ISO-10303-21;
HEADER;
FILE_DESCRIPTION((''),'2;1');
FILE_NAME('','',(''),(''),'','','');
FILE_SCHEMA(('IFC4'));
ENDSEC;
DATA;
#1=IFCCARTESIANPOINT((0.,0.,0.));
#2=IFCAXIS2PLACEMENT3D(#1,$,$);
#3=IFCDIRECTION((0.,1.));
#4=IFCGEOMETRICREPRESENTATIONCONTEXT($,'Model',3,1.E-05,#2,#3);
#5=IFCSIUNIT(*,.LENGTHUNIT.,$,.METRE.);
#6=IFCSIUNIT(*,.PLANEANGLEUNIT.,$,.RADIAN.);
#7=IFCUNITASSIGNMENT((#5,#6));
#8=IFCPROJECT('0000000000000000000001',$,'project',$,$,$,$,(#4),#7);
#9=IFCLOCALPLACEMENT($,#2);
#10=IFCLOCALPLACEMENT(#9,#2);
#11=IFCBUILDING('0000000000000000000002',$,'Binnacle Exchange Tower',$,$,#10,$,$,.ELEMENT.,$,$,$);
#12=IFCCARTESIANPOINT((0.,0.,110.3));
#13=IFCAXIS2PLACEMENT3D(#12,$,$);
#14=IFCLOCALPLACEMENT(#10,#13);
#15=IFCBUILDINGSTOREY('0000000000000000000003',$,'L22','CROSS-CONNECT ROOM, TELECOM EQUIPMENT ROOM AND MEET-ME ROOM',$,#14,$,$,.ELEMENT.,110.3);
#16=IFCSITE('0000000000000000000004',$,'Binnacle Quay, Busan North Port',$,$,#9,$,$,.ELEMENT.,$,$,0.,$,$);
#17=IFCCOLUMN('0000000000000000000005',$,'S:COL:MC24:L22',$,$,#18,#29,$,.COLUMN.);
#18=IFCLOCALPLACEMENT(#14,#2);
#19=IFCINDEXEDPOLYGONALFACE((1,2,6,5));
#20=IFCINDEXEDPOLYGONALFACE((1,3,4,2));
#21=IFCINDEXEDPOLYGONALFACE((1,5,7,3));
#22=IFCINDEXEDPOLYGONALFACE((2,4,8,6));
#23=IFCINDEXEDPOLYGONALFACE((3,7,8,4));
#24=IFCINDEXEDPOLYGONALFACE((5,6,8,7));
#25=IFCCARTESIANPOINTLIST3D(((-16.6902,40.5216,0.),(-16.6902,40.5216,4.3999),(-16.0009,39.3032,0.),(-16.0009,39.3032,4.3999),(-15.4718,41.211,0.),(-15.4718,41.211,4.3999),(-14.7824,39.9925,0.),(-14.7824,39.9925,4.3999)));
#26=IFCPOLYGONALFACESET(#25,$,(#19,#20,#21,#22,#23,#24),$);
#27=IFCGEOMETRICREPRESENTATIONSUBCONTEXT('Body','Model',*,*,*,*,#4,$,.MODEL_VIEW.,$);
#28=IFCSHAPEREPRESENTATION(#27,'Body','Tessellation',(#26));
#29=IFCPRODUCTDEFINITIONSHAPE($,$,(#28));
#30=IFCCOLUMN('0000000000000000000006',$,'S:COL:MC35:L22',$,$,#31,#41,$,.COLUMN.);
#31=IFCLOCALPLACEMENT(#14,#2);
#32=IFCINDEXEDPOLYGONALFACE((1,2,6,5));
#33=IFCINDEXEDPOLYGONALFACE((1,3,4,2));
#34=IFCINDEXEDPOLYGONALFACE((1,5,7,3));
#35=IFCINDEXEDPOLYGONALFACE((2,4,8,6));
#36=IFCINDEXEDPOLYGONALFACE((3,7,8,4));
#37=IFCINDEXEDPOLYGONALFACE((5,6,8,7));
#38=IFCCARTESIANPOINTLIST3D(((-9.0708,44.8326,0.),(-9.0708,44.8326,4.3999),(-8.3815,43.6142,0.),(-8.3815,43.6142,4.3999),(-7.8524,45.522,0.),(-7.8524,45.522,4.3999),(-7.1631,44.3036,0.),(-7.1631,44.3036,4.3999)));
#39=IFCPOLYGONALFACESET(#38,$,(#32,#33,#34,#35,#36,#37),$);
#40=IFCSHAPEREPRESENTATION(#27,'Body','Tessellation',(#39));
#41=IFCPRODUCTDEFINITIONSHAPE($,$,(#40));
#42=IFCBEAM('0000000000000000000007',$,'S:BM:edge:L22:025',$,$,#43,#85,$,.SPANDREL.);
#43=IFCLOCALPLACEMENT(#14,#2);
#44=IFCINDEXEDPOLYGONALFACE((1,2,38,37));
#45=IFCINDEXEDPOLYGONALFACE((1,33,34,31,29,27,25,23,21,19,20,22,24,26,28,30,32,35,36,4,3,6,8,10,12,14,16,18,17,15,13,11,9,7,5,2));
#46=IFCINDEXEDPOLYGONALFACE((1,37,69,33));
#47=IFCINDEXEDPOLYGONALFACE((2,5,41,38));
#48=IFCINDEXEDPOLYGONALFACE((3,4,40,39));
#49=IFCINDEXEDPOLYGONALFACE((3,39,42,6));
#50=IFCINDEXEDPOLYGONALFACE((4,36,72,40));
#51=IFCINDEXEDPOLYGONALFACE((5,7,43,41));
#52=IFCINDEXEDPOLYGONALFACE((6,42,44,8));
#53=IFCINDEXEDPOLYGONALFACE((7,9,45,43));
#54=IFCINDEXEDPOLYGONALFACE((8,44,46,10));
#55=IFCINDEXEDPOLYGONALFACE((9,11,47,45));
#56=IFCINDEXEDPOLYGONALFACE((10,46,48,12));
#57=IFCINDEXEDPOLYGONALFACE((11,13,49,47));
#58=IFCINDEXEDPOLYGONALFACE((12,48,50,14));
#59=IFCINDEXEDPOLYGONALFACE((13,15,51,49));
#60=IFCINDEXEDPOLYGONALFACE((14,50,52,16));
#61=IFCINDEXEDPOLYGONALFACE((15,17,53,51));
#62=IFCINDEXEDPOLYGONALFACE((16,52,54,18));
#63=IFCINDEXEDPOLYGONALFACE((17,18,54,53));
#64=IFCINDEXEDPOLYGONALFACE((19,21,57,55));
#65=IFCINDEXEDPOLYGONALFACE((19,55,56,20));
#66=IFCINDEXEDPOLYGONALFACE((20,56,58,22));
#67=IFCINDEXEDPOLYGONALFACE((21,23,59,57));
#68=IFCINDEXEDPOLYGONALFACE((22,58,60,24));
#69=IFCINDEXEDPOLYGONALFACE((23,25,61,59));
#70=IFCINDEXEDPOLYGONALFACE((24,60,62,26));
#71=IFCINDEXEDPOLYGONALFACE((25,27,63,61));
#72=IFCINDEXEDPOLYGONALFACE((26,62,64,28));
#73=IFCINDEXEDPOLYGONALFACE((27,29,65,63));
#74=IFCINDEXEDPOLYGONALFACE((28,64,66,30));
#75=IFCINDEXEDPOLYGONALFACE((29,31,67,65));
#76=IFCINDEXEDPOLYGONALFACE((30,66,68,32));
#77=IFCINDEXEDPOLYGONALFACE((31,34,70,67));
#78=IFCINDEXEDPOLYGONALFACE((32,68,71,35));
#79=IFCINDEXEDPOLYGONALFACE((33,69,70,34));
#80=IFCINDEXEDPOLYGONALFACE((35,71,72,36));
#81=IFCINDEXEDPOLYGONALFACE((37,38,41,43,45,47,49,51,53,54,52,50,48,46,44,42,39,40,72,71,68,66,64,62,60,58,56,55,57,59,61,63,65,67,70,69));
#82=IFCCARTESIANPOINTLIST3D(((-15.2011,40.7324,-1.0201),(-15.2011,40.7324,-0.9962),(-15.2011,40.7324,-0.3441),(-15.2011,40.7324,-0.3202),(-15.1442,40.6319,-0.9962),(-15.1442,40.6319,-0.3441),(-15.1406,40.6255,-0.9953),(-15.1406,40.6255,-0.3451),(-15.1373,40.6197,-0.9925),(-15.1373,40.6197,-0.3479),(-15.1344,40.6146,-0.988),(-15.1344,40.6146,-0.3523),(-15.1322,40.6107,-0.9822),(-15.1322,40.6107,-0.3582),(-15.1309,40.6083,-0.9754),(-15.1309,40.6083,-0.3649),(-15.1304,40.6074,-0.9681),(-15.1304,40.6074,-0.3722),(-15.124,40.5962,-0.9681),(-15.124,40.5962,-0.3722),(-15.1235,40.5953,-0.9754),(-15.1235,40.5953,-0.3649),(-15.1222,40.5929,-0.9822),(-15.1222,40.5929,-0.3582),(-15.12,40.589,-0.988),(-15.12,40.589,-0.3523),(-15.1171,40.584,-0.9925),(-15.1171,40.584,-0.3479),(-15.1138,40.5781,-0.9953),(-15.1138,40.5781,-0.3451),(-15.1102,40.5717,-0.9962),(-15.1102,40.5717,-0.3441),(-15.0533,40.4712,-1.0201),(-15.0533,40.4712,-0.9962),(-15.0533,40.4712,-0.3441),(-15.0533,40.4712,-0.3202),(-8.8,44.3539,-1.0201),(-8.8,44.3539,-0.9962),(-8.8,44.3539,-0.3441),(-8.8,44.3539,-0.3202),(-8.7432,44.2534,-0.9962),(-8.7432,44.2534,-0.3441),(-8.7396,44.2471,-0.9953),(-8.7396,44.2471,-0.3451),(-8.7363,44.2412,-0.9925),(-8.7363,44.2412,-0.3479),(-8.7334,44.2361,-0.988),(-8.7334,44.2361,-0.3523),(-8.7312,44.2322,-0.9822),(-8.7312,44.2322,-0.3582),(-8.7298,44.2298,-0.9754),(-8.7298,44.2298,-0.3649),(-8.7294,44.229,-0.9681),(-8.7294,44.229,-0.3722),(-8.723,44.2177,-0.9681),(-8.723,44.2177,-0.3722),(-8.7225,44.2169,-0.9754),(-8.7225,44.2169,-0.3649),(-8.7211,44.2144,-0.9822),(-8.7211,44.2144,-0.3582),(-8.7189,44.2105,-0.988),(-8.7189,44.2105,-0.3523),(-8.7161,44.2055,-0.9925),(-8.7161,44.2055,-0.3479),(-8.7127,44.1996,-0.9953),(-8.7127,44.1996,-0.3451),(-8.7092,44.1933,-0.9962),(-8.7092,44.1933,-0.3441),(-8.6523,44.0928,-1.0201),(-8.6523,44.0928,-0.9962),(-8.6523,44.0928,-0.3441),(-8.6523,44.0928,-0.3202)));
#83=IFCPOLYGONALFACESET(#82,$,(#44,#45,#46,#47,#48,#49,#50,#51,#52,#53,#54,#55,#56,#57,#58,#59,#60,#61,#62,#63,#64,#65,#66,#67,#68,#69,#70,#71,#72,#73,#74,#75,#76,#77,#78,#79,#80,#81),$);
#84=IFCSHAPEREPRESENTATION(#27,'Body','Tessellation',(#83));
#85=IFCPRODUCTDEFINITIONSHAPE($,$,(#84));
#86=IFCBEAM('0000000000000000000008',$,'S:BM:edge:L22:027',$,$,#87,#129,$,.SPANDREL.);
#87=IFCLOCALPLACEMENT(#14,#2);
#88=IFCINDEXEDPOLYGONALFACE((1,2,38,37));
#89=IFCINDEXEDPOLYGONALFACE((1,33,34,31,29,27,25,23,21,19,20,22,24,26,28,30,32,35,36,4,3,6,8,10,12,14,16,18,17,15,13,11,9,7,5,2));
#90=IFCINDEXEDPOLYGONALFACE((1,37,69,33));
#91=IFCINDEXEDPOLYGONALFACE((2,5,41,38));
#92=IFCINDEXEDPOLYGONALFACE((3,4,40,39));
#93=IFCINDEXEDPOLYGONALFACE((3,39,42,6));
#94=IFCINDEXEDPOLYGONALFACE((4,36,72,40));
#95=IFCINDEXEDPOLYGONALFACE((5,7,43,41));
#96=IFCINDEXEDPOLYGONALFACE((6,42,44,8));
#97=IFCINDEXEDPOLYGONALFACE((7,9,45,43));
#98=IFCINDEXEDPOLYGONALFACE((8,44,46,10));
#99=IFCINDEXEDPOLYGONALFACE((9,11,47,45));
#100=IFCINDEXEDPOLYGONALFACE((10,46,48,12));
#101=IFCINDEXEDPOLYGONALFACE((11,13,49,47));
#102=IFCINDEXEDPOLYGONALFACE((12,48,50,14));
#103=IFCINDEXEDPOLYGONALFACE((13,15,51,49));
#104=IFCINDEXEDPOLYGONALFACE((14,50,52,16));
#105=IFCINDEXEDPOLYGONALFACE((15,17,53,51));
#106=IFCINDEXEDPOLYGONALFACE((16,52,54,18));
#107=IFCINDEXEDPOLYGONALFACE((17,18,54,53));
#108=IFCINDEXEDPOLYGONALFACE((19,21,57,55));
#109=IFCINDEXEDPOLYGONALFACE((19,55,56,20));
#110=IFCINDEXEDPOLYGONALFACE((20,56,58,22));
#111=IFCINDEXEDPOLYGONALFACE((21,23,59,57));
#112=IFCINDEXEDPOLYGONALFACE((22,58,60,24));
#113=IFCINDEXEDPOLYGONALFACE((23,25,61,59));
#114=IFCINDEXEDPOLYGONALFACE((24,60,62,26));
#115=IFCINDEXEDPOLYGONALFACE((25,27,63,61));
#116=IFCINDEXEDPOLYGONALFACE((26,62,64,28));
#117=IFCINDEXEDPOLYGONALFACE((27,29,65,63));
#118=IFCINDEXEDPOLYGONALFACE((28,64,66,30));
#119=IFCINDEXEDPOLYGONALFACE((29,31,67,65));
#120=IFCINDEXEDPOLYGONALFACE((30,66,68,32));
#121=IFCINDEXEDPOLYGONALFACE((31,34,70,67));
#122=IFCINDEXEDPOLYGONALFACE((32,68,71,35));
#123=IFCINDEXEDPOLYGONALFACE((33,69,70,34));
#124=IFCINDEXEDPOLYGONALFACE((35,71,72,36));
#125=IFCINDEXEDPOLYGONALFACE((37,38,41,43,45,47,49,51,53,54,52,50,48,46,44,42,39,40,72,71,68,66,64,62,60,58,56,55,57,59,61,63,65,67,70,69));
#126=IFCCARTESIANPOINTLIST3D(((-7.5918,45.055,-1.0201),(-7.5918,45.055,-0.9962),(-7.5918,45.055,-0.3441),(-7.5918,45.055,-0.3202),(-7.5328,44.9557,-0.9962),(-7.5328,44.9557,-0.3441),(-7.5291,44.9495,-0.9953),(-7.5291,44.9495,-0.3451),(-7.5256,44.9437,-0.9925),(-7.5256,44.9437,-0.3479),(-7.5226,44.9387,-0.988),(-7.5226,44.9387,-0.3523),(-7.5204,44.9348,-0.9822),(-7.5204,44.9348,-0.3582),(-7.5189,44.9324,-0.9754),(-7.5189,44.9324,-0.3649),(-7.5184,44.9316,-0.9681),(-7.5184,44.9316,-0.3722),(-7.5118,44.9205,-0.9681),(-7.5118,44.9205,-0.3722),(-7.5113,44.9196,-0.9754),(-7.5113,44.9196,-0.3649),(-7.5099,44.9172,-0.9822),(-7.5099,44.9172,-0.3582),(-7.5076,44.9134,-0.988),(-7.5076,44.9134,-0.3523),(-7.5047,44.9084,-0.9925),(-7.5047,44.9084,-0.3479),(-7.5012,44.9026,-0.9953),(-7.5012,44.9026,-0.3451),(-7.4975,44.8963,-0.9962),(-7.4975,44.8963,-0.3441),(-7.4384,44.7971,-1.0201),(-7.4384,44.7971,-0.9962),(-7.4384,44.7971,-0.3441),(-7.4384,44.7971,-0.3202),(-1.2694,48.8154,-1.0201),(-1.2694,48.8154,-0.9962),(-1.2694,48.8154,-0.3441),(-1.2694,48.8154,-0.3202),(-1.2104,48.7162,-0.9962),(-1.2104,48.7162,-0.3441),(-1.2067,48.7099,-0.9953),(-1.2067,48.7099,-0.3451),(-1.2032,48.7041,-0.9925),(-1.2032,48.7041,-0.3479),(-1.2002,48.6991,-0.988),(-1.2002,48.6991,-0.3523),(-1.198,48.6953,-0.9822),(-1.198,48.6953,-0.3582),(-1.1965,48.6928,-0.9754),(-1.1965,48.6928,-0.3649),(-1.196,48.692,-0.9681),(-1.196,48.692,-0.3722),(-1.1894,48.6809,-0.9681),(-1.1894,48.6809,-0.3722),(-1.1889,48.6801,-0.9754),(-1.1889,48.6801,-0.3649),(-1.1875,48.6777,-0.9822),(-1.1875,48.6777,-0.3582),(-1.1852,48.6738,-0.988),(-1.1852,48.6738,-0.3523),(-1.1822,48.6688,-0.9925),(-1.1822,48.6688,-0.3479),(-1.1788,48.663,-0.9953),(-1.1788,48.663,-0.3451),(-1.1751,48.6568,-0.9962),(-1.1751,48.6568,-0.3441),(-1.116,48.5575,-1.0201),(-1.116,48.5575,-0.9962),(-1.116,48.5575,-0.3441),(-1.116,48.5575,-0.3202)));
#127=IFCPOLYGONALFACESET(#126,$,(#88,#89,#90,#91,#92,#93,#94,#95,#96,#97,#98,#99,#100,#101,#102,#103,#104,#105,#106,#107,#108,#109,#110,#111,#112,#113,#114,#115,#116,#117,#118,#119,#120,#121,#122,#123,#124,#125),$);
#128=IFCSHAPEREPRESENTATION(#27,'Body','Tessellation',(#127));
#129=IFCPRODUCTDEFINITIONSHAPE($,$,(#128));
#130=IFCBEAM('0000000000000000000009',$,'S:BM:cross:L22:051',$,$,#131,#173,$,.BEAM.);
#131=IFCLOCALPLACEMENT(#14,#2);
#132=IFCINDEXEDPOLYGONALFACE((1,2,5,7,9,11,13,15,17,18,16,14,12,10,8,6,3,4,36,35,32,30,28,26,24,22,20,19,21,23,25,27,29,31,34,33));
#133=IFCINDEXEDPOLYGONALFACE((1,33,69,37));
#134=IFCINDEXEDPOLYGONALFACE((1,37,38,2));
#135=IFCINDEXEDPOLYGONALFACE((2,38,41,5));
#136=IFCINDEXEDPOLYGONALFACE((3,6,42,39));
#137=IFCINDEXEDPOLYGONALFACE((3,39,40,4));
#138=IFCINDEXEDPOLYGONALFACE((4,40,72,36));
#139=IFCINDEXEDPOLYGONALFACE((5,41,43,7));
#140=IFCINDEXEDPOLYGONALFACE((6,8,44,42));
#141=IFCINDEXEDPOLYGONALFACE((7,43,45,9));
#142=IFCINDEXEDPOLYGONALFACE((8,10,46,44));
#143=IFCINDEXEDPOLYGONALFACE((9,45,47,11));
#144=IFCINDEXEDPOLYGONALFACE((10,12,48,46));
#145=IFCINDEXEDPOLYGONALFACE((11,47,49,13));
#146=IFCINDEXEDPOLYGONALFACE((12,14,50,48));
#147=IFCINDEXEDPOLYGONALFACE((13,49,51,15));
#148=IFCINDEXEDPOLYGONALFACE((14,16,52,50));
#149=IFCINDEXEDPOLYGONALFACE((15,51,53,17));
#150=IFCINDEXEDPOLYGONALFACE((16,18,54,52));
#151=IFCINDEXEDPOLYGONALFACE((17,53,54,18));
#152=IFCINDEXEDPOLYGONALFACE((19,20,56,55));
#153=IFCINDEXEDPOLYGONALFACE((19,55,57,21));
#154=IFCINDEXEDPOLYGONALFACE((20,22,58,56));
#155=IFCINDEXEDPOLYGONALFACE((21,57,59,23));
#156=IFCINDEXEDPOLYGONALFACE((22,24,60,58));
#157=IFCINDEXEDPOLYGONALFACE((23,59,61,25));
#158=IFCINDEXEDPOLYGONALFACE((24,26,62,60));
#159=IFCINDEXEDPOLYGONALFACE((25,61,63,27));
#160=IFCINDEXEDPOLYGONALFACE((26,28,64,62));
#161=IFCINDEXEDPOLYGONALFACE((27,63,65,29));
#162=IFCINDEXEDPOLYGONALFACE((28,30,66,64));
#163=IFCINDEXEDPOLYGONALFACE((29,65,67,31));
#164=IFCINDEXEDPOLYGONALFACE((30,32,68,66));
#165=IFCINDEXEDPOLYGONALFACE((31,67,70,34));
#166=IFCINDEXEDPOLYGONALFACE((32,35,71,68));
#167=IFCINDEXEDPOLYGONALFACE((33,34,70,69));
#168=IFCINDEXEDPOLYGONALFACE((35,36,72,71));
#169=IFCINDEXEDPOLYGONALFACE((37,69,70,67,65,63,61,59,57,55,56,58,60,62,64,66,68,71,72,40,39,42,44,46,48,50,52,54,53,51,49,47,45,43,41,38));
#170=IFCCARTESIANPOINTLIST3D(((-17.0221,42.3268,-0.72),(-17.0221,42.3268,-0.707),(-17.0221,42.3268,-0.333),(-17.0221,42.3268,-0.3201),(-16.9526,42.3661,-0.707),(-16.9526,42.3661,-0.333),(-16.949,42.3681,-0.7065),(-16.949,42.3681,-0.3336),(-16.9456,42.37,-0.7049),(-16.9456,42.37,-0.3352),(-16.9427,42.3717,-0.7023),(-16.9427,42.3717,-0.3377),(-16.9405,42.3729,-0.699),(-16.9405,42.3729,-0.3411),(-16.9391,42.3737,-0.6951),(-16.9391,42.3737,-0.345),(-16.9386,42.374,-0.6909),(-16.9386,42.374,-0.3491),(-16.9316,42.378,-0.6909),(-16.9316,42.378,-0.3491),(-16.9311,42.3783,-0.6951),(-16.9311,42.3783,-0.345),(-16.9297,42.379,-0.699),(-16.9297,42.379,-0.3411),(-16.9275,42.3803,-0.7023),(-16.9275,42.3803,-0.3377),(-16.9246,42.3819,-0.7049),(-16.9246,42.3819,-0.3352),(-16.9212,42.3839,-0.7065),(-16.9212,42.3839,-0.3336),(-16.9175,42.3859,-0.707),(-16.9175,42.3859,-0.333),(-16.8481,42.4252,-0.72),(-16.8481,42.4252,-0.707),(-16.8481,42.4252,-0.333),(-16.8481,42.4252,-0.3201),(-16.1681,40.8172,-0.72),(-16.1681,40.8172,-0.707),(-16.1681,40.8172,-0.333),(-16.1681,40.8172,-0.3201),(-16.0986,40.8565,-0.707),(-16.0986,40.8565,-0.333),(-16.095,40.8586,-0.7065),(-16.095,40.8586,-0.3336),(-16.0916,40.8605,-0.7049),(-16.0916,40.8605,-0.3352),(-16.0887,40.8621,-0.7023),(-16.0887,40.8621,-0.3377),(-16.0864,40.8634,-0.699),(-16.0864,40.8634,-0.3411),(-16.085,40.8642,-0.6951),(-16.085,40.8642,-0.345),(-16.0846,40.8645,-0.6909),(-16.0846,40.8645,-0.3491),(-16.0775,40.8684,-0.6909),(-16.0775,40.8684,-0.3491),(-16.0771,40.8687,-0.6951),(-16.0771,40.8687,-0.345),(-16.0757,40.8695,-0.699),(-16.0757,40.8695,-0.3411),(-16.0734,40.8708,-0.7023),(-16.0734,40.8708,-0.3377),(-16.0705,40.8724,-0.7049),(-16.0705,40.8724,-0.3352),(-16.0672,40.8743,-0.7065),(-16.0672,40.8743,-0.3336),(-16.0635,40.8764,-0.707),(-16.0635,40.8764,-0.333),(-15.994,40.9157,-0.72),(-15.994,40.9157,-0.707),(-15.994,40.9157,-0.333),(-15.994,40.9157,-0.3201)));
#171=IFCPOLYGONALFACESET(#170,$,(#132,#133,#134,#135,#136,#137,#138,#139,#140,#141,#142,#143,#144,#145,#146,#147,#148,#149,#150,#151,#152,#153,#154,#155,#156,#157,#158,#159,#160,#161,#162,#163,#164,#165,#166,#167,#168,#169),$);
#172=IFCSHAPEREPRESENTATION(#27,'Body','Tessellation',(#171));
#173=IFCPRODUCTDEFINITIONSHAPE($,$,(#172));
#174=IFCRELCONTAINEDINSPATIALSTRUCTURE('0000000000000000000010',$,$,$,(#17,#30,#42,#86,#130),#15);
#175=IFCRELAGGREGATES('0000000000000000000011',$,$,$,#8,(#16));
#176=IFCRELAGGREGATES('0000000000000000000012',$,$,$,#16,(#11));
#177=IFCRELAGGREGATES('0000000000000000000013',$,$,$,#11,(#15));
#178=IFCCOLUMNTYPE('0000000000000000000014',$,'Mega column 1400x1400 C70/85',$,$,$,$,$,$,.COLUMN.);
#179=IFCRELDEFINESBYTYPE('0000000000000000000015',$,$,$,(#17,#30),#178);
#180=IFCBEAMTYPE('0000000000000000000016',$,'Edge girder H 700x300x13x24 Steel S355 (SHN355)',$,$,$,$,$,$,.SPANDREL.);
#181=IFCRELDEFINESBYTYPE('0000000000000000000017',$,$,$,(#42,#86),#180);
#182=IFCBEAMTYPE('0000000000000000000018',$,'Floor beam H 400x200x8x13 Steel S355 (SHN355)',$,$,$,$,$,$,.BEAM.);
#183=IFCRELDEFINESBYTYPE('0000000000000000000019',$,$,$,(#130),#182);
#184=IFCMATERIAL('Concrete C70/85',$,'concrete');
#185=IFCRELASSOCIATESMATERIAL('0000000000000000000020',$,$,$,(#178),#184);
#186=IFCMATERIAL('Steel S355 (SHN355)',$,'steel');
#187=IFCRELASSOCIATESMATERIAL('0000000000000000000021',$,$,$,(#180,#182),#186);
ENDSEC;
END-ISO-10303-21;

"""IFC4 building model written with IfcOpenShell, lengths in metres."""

from ifc_helpers import new_model, si_unit, direction, frame, origin, origin_2d, place, context, subcontext, project, spatial, rectangle, i_section, extrude, material, material_profile, profile_set, type_object, element, save


model = new_model("IFC4")

# Units and contexts
model_context = context("Model", 3, precision=1e-05, world=origin(), true_north=direction((0.0, 1.0)))
body_context = subcontext(model_context, "Body", "Model", "MODEL_VIEW")
ifc_project = project(units=[si_unit("LENGTHUNIT", "METRE"), si_unit("PLANEANGLEUNIT", "RADIAN")], contexts=[model_context])

# Site, building, storey
site_placement = place(None, origin())
site = spatial("IfcSite", under=ifc_project, at=site_placement, Name="Binnacle Quay, Busan North Port", CompositionType="ELEMENT", RefElevation=0.0)
building_placement = place(site_placement, origin())
building = spatial("IfcBuilding", under=site, at=building_placement, Name="Binnacle Exchange Tower", CompositionType="ELEMENT")
storey_placement = place(building_placement, frame((0.0, 0.0, 110.3)))
storey = spatial("IfcBuildingStorey", under=building, at=storey_placement, Name="L22", Description="CROSS-CONNECT ROOM, TELECOM EQUIPMENT ROOM AND MEET-ME ROOM", CompositionType="ELEMENT", Elevation=110.3)

# Columns
ifc_material_1 = material(Name="Concrete C70/85", Category="concrete")
ifc_material_profile_1 = material_profile(ifc_material_1, rectangle(XDim=1.3999, YDim=1.3999, at=origin_2d()), Name="Mega column 1400x1400 C70/85")
ifc_profile_set_1 = profile_set([ifc_material_profile_1], Name="Concrete C70/85")
column_type = type_object("IfcColumnType", Name="Mega column 1400x1400 C70/85", PredefinedType="COLUMN", material=ifc_profile_set_1)
for number, where, z_axis, x_axis, name in (
    (1, (-15.7363, 40.2571, 0.0), (0.0, 0.0, 1.0), (0.870356, 0.492424, 0.0), "S:COL:MC24:L22"),
    (2, (-8.1169, 44.5681, 0.0), (0.0, 0.0, 1.0), (0.870356, 0.492424, 0.0), "S:COL:MC35:L22"),
):
    element("IfcColumn", number, at=place(storey_placement, frame(where, z_axis=z_axis, x_axis=x_axis)), inside=storey, type_object=column_type, Name=name, PredefinedType="COLUMN", context=body_context, shape_type="SweptSolid", body=[
        extrude(rectangle(XDim=1.3999, YDim=1.3999, at=origin_2d()), origin(), (0.0, 0.0, 1.0), 4.3999),
    ])

# Beams
ifc_material_2 = material(Name="Steel S355 (SHN355)", Category="steel")
ifc_material_profile_2 = material_profile(ifc_material_2, i_section(OverallWidth=0.3, OverallDepth=0.7, WebThickness=0.0129, FlangeThickness=0.0239, FilletRadius=0.0281, at=origin_2d()), Name="H 700x300x13x24")
ifc_profile_set_2 = profile_set([ifc_material_profile_2], Name="Steel S355 (SHN355)")
beam_type_1 = type_object("IfcBeamType", Name="Edge girder H 700x300x13x24 Steel S355 (SHN355)", PredefinedType="SPANDREL", material=ifc_profile_set_2)
beam_1_placement = place(storey_placement, frame((-15.1272, 40.6018, -0.6702), z_axis=(0.870356, 0.492424, 0.0), x_axis=(-0.492424, 0.870356, 0.0)))
element("IfcBeam", 3, at=beam_1_placement, inside=storey, type_object=beam_type_1, Name="S:BM:edge:L22:025", PredefinedType="SPANDREL", context=body_context, shape_type="SweptSolid", body=[
    extrude(i_section(OverallWidth=0.3, OverallDepth=0.7, WebThickness=0.0129, FlangeThickness=0.0239, FilletRadius=0.0281, at=origin_2d()), origin(), (0.0, 0.0, 1.0), 7.3545),
])
beam_2_placement = place(storey_placement, frame((-7.5151, 44.926, -0.6702), z_axis=(0.859466, 0.511193, 0.0), x_axis=(-0.511193, 0.859466, 0.0)))
element("IfcBeam", 4, at=beam_2_placement, inside=storey, type_object=beam_type_1, Name="S:BM:edge:L22:027", PredefinedType="SPANDREL", context=body_context, shape_type="SweptSolid", body=[
    extrude(i_section(OverallWidth=0.3, OverallDepth=0.7, WebThickness=0.0129, FlangeThickness=0.0239, FilletRadius=0.0281, at=origin_2d()), origin(), (0.0, 0.0, 1.0), 7.3562),
])
ifc_material_profile_3 = material_profile(ifc_material_2, i_section(OverallWidth=0.2, OverallDepth=0.3999, WebThickness=0.0081, FlangeThickness=0.0129, FilletRadius=0.0161, at=origin_2d()), Name="H 400x200x8x13")
ifc_profile_set_3 = profile_set([ifc_material_profile_3], Name="Steel S355 (SHN355)")
beam_type_2 = type_object("IfcBeamType", Name="Floor beam H 400x200x8x13 Steel S355 (SHN355)", PredefinedType="BEAM", material=ifc_profile_set_3)
beam_3_placement = place(storey_placement, frame((-16.0811, 40.8665, -0.52), z_axis=(-0.492405, 0.870366, 0.0), x_axis=(-0.870366, -0.492405, 0.0)))
element("IfcBeam", 5, at=beam_3_placement, inside=storey, type_object=beam_type_2, Name="S:BM:cross:L22:051", PredefinedType="BEAM", context=body_context, shape_type="SweptSolid", body=[
    extrude(i_section(OverallWidth=0.2, OverallDepth=0.3999, WebThickness=0.0081, FlangeThickness=0.0129, FilletRadius=0.0161, at=origin_2d()), origin(), (0.0, 0.0, 1.0), 1.7344),
])

save(model, "model.ifc")
